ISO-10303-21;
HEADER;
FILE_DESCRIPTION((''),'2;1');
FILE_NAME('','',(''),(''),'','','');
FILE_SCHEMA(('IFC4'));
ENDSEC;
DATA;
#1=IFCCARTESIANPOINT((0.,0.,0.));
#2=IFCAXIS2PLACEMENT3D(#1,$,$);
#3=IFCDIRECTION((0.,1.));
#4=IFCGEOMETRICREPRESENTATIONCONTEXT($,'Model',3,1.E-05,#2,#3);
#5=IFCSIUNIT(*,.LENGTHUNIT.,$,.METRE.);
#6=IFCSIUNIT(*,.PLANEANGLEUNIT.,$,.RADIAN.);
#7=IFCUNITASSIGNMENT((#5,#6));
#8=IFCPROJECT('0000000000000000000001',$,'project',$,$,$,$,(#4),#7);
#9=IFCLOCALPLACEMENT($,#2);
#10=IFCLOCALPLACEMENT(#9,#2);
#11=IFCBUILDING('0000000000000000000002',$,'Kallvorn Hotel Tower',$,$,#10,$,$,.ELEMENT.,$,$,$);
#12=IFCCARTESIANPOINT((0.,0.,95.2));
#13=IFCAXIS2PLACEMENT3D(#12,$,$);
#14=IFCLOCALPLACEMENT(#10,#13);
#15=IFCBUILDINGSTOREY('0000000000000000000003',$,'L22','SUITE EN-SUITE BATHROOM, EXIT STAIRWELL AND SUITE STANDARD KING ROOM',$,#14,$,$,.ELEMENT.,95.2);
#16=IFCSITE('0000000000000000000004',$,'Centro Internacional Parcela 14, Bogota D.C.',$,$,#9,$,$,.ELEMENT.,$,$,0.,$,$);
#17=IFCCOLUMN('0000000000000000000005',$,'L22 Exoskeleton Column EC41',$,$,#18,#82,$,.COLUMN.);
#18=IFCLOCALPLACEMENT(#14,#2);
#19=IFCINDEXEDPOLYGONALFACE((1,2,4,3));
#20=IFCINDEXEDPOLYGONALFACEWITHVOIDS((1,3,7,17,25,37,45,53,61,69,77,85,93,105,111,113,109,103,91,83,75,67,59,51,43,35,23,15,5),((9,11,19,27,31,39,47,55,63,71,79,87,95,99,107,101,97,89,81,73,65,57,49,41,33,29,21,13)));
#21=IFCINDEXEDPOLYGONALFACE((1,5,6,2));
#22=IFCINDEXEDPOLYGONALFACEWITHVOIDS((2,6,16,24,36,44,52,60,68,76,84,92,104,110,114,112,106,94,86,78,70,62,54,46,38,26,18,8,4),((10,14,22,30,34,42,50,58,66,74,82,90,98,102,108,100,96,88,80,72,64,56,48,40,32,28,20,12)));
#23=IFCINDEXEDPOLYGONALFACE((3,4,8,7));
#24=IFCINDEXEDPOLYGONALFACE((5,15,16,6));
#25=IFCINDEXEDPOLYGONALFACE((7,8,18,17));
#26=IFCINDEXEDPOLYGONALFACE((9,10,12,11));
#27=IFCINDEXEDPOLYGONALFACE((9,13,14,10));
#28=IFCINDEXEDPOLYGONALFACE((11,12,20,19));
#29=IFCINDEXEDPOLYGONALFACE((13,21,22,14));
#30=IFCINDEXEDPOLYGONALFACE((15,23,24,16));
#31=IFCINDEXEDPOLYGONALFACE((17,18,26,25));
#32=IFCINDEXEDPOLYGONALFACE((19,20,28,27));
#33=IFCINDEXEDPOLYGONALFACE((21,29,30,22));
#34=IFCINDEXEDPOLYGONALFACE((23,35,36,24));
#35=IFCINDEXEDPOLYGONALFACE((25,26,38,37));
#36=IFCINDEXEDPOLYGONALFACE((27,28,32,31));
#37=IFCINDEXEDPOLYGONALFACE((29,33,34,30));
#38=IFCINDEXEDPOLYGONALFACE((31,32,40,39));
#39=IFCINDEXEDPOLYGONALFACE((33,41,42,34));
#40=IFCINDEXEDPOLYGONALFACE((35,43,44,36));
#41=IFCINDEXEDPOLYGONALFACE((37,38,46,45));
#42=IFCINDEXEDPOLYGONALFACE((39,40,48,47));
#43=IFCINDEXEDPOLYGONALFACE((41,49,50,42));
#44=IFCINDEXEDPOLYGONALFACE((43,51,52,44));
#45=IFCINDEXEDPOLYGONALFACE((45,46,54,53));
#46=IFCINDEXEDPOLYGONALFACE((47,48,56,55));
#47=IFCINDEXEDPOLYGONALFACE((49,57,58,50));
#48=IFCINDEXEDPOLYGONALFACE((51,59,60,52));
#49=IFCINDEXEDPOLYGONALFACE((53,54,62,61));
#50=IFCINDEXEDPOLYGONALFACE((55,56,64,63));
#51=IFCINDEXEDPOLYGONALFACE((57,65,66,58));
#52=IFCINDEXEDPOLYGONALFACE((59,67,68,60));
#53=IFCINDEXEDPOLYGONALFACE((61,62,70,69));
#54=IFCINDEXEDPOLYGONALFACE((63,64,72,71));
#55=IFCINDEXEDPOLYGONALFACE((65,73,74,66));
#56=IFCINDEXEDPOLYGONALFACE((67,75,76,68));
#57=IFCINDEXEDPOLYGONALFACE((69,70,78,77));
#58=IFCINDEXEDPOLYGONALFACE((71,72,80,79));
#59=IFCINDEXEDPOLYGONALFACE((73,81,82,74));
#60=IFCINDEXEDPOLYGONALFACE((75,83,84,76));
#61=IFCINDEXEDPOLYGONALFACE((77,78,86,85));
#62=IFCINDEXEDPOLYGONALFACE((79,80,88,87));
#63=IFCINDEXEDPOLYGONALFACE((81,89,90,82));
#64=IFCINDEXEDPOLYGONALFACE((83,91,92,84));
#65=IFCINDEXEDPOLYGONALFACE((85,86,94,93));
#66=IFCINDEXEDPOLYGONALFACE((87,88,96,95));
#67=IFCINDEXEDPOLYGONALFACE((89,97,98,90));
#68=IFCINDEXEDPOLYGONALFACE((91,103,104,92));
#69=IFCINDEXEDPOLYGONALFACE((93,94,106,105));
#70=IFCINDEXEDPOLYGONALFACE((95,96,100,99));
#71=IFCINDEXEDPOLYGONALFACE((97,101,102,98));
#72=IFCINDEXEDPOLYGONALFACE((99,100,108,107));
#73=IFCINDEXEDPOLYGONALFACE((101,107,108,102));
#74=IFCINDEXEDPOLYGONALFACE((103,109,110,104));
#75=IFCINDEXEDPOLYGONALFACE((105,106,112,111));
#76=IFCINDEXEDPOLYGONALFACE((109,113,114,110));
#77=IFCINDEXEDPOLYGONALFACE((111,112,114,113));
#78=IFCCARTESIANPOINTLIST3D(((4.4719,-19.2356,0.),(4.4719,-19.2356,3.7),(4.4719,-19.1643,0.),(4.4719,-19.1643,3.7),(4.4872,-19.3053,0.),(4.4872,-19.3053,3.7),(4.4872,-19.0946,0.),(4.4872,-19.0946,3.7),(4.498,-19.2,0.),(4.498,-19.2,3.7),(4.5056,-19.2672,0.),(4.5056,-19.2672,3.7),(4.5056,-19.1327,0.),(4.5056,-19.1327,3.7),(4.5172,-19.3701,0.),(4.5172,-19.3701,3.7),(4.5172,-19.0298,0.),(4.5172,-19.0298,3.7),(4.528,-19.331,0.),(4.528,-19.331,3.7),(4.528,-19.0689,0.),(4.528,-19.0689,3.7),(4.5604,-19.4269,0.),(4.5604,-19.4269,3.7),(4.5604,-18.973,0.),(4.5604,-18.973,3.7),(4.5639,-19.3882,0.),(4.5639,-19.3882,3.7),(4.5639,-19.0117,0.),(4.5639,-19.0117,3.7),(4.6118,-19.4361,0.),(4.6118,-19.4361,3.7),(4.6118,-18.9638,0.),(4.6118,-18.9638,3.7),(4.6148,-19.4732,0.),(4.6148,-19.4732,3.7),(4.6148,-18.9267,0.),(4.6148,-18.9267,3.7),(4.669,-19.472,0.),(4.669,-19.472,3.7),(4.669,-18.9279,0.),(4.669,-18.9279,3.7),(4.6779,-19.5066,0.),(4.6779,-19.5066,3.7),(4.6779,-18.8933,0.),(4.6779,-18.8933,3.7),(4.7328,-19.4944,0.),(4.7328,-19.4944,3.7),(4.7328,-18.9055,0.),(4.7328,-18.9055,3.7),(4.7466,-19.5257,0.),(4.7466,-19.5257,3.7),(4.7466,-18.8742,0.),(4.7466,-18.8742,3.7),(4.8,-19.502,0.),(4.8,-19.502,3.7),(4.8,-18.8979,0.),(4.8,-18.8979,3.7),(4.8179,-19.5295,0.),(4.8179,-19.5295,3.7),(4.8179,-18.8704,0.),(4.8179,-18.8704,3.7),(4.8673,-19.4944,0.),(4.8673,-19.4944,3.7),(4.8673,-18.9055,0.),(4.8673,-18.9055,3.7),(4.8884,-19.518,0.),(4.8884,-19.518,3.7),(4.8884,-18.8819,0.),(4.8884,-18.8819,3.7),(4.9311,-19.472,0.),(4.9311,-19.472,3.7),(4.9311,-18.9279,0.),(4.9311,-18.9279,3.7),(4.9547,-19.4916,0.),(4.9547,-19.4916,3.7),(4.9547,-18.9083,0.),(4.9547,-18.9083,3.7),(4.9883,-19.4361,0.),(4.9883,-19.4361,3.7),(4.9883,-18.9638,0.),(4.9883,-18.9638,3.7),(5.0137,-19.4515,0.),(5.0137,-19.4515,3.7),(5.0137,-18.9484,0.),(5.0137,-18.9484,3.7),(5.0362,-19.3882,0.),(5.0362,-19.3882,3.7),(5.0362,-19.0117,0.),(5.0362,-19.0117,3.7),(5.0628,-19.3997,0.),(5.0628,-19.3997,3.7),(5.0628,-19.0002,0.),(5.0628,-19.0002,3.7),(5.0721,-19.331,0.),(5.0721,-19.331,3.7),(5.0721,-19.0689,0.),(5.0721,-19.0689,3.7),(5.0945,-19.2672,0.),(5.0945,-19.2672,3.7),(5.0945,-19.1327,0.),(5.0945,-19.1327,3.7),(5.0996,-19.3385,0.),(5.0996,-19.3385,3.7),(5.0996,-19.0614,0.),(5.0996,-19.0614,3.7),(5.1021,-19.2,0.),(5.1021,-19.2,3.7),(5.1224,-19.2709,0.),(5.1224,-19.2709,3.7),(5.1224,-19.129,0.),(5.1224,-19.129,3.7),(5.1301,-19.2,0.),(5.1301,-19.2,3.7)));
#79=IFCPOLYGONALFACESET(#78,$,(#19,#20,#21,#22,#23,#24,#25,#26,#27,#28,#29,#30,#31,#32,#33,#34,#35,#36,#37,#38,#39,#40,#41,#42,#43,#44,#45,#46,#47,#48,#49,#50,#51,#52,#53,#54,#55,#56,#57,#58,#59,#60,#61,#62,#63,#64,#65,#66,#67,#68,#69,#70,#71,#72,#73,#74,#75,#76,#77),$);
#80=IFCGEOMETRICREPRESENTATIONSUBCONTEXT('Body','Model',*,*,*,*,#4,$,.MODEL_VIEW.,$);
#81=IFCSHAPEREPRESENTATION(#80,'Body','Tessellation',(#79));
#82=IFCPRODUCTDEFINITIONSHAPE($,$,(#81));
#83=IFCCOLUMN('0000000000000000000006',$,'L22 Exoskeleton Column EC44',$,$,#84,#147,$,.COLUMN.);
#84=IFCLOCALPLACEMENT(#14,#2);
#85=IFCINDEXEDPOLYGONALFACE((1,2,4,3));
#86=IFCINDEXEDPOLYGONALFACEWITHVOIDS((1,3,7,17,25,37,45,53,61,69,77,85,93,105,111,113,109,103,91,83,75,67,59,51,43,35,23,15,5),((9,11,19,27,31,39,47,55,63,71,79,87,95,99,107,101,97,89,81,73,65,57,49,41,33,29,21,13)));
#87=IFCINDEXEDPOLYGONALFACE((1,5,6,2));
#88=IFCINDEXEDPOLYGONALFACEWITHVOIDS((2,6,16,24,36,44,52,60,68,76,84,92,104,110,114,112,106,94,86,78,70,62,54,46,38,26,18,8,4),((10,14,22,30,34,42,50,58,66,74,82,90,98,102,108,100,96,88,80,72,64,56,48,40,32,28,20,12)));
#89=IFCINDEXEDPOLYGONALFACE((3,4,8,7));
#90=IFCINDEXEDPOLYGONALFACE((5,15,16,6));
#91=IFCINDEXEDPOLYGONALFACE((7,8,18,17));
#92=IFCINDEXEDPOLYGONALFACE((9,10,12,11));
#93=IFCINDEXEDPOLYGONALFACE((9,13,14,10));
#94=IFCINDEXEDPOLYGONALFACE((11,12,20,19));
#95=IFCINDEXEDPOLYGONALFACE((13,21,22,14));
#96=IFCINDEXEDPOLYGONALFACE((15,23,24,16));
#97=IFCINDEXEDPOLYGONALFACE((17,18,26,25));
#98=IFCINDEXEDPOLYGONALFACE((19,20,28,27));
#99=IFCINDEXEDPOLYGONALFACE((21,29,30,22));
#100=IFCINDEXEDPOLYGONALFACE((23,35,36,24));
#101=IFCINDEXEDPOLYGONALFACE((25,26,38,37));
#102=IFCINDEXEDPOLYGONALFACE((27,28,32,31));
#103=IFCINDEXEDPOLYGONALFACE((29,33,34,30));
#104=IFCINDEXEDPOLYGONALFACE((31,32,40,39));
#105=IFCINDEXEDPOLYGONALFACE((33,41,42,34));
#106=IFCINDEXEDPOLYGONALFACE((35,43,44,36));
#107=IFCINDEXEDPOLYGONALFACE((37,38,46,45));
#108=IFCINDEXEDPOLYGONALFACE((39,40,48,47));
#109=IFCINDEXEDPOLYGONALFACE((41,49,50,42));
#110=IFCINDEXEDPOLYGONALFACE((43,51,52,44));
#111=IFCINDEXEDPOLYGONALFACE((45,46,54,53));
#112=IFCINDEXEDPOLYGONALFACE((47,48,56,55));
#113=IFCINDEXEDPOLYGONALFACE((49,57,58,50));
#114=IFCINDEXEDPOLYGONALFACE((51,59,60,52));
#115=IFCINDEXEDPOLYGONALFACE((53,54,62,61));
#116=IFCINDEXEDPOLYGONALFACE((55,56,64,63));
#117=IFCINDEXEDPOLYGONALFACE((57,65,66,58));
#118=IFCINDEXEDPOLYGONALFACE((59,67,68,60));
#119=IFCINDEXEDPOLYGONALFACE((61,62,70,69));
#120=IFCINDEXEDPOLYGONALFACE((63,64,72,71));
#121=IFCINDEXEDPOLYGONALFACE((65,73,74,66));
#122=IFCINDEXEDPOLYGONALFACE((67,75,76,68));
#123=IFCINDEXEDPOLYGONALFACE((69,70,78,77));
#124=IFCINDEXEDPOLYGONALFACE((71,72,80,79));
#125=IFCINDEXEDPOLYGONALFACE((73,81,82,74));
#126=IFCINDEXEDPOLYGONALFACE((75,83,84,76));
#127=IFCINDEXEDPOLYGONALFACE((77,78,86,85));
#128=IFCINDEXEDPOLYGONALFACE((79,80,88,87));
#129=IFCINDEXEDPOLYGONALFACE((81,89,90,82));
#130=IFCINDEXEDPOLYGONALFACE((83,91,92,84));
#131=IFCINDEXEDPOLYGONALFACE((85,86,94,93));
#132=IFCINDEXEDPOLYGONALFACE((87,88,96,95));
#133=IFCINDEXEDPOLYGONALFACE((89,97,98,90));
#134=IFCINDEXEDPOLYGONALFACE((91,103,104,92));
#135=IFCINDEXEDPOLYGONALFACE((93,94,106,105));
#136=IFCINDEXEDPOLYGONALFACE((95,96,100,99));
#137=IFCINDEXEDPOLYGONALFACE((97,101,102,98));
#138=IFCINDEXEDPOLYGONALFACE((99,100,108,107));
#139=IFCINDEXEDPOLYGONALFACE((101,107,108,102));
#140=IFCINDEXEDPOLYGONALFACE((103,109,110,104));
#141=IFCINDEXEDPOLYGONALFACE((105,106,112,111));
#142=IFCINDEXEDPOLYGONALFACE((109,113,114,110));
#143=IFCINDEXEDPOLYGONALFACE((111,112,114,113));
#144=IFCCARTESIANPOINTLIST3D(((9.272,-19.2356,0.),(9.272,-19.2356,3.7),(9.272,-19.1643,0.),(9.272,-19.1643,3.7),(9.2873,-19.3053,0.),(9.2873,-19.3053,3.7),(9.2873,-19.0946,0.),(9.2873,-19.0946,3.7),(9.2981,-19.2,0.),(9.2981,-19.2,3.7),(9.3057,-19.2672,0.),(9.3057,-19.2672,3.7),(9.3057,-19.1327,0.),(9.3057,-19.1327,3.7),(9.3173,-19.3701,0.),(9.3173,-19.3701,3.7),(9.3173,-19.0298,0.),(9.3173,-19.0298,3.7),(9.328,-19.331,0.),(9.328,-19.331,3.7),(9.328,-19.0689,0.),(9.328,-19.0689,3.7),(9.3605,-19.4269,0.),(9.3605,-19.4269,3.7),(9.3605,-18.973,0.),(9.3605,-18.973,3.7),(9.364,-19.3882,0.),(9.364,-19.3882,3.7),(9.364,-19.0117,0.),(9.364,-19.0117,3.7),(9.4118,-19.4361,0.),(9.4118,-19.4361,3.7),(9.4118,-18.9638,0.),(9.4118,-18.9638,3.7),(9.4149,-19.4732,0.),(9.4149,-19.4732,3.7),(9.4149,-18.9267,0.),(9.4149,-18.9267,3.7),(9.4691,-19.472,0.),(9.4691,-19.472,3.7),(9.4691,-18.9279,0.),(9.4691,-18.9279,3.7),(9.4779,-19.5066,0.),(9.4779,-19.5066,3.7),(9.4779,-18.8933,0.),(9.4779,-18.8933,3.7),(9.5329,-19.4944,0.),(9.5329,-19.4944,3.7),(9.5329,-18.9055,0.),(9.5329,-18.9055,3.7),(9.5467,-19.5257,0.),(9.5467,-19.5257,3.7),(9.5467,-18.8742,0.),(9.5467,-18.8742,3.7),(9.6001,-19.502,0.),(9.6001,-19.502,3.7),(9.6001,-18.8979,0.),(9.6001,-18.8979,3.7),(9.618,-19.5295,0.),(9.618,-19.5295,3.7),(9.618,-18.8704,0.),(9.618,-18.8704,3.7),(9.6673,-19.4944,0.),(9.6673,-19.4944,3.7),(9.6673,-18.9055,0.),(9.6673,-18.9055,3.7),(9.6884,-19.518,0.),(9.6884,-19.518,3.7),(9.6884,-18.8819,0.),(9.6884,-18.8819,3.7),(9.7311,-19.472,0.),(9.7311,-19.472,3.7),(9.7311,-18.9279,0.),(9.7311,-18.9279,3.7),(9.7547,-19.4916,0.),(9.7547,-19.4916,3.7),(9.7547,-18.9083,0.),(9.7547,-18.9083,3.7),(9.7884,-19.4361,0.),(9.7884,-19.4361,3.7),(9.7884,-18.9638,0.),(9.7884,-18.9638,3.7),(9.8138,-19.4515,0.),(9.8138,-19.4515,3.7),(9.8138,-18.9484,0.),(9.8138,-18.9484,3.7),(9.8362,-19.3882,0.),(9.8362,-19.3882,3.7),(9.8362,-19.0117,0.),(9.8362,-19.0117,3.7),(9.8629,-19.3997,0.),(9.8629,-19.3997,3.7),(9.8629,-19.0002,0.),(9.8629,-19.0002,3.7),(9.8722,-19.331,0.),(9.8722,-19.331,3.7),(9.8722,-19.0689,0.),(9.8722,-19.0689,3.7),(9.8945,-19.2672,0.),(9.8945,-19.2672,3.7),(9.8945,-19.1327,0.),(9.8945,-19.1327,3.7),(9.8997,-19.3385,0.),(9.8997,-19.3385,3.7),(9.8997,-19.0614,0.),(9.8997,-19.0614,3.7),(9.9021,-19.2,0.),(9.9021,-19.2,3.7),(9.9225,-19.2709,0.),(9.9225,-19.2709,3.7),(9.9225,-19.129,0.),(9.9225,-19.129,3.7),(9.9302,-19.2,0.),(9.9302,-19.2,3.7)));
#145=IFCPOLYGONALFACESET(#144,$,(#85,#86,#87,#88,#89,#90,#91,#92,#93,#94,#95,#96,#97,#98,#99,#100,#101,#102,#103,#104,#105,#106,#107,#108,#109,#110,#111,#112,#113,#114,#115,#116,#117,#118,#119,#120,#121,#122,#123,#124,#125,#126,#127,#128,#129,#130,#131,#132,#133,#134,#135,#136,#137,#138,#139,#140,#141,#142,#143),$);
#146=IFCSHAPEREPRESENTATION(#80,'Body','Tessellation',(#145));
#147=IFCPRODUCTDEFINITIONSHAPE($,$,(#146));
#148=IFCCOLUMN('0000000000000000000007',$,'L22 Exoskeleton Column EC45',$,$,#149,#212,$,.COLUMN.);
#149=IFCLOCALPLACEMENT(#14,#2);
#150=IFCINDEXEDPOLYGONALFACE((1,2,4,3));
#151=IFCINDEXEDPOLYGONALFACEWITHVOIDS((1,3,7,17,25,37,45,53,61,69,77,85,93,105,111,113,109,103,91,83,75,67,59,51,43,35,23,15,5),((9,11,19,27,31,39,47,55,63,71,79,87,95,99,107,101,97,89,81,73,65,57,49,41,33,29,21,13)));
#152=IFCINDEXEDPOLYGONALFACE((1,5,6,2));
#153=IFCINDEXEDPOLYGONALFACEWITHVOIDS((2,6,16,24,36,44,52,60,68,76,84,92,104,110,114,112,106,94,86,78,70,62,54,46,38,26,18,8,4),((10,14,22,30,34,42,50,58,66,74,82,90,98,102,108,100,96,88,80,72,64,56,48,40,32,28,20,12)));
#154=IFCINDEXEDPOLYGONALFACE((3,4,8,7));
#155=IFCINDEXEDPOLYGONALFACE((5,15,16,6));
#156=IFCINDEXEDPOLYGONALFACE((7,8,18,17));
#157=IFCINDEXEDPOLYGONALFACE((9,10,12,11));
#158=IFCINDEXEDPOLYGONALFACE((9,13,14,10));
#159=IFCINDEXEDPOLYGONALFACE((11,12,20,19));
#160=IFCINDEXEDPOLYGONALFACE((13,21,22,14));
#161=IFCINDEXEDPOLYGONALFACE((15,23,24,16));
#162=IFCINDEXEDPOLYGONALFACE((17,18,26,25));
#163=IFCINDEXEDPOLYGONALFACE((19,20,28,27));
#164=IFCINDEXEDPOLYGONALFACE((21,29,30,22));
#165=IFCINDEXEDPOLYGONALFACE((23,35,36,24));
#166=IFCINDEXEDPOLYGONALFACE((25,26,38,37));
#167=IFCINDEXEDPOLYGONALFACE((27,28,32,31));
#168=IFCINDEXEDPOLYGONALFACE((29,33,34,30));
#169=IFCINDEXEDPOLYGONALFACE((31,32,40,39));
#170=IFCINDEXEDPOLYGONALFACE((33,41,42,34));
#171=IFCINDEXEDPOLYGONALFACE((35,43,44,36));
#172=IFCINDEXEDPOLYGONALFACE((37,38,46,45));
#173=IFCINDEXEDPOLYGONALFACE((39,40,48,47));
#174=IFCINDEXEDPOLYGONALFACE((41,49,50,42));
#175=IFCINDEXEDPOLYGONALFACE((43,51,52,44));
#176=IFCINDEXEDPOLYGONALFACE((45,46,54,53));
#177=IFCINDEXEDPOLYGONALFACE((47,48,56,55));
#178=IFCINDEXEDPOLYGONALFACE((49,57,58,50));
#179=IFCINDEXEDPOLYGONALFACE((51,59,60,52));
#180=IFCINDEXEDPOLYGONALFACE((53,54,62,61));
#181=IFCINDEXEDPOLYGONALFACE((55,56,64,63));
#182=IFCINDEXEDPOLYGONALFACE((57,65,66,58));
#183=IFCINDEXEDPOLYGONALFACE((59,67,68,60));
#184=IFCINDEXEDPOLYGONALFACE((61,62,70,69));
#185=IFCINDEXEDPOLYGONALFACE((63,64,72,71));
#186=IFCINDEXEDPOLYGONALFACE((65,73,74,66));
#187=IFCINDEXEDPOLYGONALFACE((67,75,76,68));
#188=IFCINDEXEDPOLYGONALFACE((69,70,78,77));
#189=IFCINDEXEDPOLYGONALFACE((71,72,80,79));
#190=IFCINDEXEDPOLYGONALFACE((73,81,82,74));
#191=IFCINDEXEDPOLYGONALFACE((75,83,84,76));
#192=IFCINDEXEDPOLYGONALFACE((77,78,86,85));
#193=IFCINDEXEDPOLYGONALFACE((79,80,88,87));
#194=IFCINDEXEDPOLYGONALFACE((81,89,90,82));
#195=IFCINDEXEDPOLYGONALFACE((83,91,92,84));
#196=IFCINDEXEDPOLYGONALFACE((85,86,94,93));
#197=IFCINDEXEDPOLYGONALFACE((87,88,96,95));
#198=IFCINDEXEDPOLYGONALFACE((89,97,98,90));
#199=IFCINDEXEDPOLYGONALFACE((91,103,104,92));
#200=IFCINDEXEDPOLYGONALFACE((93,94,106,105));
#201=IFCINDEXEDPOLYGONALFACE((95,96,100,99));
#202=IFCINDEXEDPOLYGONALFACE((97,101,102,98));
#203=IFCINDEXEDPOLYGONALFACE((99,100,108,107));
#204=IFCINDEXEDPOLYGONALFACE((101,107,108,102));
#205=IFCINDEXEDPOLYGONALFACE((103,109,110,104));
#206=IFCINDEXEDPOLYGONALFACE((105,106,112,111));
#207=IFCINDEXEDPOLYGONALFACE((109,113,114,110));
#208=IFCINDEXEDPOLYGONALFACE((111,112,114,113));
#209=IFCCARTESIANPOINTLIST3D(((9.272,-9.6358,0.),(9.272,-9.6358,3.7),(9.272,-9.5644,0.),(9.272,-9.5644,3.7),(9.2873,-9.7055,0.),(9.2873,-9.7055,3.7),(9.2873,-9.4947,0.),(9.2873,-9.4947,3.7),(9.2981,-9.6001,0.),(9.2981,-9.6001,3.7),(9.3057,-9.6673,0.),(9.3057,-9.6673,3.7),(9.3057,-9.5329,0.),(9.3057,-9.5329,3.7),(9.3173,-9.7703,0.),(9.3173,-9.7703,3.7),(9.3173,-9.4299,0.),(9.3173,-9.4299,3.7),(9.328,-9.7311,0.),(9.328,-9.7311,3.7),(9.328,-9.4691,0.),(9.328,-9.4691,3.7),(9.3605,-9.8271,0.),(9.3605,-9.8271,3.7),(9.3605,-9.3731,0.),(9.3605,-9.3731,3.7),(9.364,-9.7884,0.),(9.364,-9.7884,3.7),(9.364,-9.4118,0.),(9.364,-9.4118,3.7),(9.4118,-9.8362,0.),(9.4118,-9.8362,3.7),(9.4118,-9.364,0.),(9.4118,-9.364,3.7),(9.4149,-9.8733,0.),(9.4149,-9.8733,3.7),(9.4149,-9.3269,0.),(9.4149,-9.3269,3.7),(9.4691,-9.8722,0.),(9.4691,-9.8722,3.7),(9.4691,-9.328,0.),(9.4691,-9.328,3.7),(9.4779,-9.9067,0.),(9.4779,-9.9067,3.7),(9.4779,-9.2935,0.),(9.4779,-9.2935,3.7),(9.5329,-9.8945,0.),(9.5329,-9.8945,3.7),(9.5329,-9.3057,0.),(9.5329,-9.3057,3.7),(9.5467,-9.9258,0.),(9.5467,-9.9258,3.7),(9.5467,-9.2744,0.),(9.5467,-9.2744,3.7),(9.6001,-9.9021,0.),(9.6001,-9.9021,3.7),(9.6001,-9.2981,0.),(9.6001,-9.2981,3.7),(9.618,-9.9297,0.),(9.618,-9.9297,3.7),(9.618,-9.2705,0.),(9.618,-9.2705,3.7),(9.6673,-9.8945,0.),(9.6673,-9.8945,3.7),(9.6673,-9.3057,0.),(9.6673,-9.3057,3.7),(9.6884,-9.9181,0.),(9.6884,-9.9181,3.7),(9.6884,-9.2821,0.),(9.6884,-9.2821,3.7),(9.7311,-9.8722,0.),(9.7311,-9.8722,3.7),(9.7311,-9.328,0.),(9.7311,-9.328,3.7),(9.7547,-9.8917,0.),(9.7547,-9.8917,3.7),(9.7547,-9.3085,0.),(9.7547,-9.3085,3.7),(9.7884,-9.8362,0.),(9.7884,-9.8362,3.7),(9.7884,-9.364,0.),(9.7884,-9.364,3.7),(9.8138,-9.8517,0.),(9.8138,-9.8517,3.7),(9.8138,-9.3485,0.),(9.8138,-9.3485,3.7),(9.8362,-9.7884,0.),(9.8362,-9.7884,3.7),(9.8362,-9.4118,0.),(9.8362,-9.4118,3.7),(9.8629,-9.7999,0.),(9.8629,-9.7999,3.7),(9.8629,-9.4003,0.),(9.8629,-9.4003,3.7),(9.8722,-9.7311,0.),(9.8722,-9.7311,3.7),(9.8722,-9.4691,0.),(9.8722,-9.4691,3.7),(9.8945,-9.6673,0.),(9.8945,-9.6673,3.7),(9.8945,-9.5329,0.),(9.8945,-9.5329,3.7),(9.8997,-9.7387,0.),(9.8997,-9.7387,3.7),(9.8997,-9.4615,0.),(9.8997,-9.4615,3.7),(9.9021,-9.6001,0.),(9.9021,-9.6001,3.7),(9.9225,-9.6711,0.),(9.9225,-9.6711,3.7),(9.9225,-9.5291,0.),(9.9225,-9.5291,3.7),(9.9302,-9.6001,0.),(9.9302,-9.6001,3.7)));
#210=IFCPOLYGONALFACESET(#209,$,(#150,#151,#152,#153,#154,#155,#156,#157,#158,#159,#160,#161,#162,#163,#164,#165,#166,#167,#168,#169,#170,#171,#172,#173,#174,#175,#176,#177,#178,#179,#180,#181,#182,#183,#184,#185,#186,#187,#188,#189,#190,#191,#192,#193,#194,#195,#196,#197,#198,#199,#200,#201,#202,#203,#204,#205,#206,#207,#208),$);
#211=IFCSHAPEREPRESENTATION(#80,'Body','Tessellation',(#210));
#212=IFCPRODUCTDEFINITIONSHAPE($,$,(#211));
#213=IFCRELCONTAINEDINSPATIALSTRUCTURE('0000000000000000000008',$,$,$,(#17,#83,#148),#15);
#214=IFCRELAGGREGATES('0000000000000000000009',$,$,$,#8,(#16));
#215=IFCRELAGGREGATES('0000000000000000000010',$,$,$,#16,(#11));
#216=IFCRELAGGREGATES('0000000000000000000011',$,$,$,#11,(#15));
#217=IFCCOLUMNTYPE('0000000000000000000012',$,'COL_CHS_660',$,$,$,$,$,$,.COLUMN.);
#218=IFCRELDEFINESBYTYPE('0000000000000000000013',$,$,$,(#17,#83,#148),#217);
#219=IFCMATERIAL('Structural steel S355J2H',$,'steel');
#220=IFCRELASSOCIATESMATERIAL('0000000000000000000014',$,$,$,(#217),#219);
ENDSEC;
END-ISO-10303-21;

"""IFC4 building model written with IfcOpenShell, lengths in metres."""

from ifc_helpers import new_model, si_unit, direction, frame, origin, origin_2d, place, context, subcontext, project, spatial, hollow_circle, extrude, material, material_profile, profile_set, type_object, element, save


model = new_model("IFC4")

# Units and contexts
model_context = context("Model", 3, precision=1e-05, world=origin(), true_north=direction((0.0, 1.0)))
body_context = subcontext(model_context, "Body", "Model", "MODEL_VIEW")
ifc_project = project(units=[si_unit("LENGTHUNIT", "METRE"), si_unit("PLANEANGLEUNIT", "RADIAN")], contexts=[model_context])

# Site, building, storey
site_placement = place(None, origin())
site = spatial("IfcSite", under=ifc_project, at=site_placement, Name="Centro Internacional Parcela 14, Bogota D.C.", CompositionType="ELEMENT", RefElevation=0.0)
building_placement = place(site_placement, origin())
building = spatial("IfcBuilding", under=site, at=building_placement, Name="Kallvorn Hotel Tower", CompositionType="ELEMENT")
storey_placement = place(building_placement, frame((0.0, 0.0, 95.2)))
storey = spatial("IfcBuildingStorey", under=building, at=storey_placement, Name="L22", Description="SUITE EN-SUITE BATHROOM, EXIT STAIRWELL AND SUITE STANDARD KING ROOM", CompositionType="ELEMENT", Elevation=95.2)

# Columns
ifc_material_1 = material(Name="Structural steel S355J2H", Category="steel")
ifc_material_profile_1 = material_profile(ifc_material_1, hollow_circle(Radius=0.3301, WallThickness=0.0281, at=origin_2d()), Name="CHS 660x28")
ifc_profile_set_1 = profile_set([ifc_material_profile_1], Name="Structural steel S355J2H")
column_type_1 = type_object("IfcColumnType", Name="COL_CHS_660", PredefinedType="COLUMN", material=ifc_profile_set_1)
for number, where, z_axis, x_axis, name in (
    (1, (4.8, -19.2, 0.0), (0.0, 0.0, 1.0), (1.0, 0.0, 0.0), "L22 Exoskeleton Column EC41"),
    (2, (9.6001, -19.2, 0.0), (0.0, 0.0, 1.0), (1.0, 0.0, 0.0), "L22 Exoskeleton Column EC44"),
    (3, (9.6001, -9.6001, 0.0), (0.0, 0.0, 1.0), (1.0, 0.0, 0.0), "L22 Exoskeleton Column EC45"),
):
    element("IfcColumn", number, at=place(storey_placement, frame(where, z_axis=z_axis, x_axis=x_axis)), inside=storey, type_object=column_type_1, Name=name, PredefinedType="COLUMN", context=body_context, shape_type="SweptSolid", body=[
        extrude(hollow_circle(Radius=0.3301, WallThickness=0.0281, at=origin_2d()), origin(), (0.0, 0.0, 1.0), 3.7),
    ])

save(model, "model.ifc")
